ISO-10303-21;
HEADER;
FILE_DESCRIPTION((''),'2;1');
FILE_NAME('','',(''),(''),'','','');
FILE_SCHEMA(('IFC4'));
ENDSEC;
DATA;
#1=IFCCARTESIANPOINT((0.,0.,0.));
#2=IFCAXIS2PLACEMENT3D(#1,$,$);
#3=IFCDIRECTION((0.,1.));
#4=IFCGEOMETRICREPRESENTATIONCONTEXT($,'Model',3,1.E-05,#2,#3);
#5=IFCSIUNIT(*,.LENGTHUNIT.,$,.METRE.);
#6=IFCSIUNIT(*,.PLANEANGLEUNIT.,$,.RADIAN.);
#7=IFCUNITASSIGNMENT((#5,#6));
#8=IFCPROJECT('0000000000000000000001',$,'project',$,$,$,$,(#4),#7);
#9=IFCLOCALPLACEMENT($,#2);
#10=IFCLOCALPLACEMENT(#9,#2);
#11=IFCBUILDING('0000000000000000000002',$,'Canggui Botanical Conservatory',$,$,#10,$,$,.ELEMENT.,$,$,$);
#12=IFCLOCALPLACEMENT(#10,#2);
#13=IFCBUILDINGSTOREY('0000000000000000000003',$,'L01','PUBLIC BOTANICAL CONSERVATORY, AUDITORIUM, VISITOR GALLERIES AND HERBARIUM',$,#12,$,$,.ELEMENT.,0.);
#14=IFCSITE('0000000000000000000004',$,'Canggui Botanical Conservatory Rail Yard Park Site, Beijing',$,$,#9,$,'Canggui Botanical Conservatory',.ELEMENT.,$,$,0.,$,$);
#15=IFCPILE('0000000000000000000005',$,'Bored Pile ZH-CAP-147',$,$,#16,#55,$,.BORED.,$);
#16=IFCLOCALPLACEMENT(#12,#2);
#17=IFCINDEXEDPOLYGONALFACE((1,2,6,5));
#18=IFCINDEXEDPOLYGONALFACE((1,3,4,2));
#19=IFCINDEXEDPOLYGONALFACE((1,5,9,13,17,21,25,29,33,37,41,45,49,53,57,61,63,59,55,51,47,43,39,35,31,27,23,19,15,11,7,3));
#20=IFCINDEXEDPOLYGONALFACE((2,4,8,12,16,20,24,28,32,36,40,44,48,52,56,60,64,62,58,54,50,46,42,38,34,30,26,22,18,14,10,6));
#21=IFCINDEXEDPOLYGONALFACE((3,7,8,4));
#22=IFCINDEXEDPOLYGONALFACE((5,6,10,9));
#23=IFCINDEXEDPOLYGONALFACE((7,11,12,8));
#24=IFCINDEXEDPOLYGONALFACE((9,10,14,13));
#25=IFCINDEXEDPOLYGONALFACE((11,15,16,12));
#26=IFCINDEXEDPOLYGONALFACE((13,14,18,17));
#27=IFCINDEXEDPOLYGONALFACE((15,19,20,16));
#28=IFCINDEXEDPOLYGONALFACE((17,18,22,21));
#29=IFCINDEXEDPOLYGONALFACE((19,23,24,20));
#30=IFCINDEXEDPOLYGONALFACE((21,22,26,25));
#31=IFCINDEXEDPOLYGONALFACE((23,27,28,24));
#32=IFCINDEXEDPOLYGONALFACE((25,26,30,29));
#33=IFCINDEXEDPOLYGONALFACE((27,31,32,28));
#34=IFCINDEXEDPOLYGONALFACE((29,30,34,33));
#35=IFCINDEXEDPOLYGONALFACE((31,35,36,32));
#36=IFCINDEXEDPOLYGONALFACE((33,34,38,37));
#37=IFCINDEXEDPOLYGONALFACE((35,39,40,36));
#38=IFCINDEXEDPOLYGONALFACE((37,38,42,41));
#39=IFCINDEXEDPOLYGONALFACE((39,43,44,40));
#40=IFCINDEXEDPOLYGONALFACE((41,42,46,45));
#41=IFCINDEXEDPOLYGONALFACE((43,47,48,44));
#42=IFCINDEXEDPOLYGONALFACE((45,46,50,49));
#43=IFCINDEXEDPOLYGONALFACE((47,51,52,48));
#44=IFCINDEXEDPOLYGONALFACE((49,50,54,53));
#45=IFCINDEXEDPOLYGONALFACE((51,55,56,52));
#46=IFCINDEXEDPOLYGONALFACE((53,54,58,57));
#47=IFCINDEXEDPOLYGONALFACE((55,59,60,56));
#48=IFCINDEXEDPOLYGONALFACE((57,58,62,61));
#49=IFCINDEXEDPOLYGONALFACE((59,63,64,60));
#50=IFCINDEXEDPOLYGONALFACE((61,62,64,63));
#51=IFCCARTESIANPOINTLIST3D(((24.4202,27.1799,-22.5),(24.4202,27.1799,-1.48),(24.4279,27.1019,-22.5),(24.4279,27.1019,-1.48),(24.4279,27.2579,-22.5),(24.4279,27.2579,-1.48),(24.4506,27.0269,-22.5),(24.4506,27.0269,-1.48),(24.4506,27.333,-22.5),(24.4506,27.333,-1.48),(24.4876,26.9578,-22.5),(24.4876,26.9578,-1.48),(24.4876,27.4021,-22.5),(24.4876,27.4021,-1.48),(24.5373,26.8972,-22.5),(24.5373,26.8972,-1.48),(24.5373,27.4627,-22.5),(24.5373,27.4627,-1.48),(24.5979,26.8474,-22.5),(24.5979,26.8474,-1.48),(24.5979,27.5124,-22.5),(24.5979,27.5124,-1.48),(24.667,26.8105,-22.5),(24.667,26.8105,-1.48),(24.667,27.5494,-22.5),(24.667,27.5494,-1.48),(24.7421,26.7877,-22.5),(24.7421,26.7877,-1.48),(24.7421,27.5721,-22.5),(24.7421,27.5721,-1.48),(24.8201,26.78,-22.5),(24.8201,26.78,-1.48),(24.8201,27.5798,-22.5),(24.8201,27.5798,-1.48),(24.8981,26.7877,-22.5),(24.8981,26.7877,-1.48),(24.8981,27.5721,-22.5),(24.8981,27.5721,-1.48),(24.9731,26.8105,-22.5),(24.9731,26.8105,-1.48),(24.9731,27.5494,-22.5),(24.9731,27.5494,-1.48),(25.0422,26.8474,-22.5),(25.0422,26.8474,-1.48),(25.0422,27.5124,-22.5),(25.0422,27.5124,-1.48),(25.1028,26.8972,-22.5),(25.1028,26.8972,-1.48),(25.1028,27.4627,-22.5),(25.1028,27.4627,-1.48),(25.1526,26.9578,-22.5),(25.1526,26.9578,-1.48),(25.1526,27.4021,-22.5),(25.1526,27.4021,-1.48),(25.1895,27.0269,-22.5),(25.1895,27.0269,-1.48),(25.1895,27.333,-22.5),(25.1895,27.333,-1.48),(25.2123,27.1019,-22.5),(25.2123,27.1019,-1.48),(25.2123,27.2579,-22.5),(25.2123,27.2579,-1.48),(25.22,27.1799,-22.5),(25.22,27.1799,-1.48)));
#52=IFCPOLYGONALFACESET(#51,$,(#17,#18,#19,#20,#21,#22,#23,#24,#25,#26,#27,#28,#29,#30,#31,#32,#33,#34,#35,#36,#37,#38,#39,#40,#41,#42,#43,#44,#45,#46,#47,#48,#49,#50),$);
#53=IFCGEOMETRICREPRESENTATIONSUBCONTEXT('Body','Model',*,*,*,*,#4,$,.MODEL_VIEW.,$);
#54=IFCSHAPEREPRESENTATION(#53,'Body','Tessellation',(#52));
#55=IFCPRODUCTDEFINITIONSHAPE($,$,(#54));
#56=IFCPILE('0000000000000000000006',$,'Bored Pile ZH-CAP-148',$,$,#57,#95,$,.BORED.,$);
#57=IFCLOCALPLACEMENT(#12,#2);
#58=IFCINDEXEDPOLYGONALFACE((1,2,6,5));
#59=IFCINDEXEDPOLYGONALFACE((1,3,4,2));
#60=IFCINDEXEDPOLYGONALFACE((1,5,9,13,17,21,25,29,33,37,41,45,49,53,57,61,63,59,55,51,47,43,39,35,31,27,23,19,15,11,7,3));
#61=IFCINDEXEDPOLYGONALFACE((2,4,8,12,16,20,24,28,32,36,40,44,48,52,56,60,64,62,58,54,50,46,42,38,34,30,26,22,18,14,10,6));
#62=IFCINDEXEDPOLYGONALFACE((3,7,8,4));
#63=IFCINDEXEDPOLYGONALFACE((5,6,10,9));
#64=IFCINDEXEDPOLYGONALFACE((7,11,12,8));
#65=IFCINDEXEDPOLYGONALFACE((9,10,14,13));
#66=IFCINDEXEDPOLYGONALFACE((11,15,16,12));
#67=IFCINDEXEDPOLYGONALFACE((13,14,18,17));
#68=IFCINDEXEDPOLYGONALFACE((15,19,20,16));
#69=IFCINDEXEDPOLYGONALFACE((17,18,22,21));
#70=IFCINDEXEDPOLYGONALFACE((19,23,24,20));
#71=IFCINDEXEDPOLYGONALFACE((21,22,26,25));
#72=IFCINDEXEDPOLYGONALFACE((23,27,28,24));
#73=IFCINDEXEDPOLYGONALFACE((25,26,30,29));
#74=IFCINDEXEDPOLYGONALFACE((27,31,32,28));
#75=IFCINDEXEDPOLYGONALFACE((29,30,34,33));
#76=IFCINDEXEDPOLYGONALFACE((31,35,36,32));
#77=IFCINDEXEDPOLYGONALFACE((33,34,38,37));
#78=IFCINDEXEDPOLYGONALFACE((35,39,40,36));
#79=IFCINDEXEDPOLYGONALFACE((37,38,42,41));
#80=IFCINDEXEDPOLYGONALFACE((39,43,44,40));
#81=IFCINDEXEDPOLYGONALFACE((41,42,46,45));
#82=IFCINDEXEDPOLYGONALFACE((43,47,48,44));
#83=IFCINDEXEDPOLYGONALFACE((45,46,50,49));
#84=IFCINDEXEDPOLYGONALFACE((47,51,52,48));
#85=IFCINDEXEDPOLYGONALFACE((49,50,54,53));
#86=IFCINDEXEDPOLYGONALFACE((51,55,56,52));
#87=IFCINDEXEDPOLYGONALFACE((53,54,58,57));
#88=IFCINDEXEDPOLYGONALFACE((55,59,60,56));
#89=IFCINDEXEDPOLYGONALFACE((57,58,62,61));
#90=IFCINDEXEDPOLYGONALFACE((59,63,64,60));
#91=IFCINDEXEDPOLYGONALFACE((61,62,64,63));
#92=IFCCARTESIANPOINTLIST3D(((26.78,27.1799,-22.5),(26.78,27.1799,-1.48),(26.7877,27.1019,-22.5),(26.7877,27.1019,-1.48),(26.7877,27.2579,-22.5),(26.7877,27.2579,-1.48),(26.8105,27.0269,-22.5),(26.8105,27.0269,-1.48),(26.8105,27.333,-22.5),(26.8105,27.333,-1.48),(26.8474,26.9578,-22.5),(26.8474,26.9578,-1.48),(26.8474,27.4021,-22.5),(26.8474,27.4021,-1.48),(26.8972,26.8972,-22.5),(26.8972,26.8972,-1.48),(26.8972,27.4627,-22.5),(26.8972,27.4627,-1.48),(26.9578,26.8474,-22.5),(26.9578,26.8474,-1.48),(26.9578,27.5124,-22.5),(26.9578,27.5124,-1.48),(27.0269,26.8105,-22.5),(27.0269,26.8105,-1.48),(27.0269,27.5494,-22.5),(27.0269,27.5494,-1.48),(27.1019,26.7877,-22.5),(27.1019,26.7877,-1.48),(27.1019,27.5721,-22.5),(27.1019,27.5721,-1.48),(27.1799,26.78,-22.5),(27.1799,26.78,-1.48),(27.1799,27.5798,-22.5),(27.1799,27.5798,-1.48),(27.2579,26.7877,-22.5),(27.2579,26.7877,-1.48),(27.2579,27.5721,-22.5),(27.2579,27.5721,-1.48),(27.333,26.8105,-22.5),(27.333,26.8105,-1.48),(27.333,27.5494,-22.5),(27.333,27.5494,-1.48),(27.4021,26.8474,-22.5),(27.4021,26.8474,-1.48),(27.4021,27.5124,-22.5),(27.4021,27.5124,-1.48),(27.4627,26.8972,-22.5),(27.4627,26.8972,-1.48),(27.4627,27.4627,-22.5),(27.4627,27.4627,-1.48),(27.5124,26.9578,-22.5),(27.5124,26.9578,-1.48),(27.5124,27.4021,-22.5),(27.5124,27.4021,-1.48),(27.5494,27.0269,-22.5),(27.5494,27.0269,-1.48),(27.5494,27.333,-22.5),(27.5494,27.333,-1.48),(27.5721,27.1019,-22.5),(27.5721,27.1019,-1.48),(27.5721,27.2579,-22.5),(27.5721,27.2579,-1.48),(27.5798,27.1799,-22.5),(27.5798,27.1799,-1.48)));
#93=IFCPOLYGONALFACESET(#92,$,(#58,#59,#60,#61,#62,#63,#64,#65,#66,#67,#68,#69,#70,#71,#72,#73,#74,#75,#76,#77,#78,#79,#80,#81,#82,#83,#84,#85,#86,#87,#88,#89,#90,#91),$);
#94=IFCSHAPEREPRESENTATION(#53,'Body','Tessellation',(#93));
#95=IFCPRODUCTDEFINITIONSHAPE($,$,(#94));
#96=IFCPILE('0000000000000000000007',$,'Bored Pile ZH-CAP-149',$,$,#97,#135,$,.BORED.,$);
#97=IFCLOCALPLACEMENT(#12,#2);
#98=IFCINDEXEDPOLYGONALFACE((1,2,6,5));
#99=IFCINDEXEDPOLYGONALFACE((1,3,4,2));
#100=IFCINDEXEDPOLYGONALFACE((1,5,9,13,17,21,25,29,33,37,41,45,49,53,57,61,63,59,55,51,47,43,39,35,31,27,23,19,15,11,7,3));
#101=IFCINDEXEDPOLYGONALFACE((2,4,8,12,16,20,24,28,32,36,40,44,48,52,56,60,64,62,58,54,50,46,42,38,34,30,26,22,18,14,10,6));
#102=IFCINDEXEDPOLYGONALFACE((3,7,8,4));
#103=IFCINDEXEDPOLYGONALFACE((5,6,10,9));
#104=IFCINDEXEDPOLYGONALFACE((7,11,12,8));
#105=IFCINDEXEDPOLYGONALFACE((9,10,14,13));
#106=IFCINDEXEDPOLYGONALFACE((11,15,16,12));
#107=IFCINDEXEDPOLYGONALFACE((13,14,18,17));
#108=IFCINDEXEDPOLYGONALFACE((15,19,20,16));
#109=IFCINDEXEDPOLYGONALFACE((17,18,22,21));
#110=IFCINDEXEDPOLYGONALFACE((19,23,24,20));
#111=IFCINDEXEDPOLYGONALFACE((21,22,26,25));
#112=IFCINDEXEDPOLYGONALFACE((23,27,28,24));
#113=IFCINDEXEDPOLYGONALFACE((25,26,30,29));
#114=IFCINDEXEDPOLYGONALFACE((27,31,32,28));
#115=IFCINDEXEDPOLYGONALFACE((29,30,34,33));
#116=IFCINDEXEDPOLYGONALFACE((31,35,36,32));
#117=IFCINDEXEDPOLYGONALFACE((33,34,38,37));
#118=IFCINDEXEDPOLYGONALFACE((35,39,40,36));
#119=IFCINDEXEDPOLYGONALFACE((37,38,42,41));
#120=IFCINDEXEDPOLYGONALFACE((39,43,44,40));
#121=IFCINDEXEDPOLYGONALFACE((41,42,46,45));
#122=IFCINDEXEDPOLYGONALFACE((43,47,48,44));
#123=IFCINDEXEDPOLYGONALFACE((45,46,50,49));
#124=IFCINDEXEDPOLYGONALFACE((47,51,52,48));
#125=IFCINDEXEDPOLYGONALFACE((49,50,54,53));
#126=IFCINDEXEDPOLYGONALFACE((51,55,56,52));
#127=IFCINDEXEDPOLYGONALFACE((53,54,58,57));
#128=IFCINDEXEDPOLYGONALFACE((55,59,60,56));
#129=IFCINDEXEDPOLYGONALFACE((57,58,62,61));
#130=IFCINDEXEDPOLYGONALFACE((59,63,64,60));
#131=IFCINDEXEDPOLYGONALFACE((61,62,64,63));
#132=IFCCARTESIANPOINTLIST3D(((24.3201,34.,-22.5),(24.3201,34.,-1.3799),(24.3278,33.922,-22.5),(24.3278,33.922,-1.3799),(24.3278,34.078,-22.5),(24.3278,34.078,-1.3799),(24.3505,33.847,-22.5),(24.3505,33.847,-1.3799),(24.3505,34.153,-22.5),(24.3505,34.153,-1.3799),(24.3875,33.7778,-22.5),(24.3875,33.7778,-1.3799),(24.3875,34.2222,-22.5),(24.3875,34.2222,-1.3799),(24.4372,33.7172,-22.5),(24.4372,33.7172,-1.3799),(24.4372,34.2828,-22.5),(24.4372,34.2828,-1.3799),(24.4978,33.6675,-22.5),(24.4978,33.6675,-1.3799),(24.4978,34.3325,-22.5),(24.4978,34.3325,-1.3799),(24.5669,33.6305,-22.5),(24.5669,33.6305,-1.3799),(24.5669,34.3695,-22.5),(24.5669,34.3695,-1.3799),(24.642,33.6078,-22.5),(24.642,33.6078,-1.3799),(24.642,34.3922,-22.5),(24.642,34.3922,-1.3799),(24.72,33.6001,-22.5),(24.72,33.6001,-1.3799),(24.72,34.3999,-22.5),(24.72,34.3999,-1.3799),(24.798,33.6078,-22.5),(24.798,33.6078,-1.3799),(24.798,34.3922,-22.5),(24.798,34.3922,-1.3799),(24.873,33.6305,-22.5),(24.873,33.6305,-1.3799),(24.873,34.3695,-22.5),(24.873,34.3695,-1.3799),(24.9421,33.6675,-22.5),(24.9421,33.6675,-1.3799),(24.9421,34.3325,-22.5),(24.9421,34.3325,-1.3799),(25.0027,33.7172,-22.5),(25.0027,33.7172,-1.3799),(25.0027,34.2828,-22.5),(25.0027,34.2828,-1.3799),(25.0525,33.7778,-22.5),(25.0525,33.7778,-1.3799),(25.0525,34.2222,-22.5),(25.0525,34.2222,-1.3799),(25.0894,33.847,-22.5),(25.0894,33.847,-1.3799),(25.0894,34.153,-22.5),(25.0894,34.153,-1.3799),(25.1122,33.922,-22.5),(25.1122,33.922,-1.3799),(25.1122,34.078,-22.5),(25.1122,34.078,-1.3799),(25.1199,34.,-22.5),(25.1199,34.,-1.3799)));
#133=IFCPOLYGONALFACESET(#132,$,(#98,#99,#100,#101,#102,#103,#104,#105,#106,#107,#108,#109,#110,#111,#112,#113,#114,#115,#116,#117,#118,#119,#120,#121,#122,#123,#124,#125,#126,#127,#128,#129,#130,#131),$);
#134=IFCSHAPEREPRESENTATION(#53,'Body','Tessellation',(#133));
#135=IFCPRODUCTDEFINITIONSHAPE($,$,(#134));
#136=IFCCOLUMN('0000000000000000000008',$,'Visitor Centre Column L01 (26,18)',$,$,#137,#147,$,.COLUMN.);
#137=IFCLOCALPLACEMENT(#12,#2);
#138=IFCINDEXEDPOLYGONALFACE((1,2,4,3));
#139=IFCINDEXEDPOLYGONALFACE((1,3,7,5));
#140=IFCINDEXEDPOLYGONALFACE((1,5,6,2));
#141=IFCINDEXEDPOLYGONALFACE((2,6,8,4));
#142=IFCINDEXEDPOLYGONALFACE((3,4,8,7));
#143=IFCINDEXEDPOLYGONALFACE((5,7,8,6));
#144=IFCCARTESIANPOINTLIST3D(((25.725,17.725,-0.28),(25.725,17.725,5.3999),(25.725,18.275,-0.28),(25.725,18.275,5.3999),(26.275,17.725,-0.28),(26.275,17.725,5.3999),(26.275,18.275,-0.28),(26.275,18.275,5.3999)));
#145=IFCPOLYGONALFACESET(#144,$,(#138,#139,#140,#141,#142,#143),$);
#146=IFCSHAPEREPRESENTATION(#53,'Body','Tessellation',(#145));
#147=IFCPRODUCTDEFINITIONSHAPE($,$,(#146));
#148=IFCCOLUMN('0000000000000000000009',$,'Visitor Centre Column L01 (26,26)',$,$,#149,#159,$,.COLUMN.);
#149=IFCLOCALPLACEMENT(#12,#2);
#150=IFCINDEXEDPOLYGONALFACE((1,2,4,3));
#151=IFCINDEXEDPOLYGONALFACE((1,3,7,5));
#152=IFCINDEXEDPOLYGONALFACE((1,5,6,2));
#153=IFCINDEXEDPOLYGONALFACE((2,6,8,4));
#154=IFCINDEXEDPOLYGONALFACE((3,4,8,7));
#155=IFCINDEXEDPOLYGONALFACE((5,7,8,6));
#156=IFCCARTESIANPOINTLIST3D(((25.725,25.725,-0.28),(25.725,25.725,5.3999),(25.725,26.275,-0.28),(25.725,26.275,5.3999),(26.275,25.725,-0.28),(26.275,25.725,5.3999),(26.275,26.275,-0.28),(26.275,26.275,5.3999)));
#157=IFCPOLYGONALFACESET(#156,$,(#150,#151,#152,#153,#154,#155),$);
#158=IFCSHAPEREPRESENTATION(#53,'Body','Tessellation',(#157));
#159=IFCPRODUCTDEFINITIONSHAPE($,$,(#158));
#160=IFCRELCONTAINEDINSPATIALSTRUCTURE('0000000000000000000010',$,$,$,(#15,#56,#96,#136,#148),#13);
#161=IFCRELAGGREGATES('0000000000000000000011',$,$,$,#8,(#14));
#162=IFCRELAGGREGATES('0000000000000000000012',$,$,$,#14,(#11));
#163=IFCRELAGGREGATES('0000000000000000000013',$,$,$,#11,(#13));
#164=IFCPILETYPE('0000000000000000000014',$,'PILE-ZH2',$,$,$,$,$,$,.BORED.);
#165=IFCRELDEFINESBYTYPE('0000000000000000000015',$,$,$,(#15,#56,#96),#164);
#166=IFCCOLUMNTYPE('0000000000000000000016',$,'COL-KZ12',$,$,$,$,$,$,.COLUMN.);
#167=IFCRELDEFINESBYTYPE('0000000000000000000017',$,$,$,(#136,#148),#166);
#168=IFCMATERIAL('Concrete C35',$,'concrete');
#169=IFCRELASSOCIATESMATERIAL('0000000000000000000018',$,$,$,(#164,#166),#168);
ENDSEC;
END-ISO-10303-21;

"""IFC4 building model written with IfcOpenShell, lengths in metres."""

from ifc_helpers import new_model, si_unit, direction, frame, origin, origin_2d, place, context, subcontext, project, spatial, rectangle, circle, extrude, material, material_profile, profile_set, type_object, element, save


model = new_model("IFC4")

# Units and contexts
model_context = context("Model", 3, precision=1e-05, world=origin(), true_north=direction((0.0, 1.0)))
body_context = subcontext(model_context, "Body", "Model", "MODEL_VIEW")
ifc_project = project(units=[si_unit("LENGTHUNIT", "METRE"), si_unit("PLANEANGLEUNIT", "RADIAN")], contexts=[model_context])

# Site, building, storey
site_placement = place(None, origin())
site = spatial("IfcSite", under=ifc_project, at=site_placement, Name="Canggui Botanical Conservatory Rail Yard Park Site, Beijing", LongName="Canggui Botanical Conservatory", CompositionType="ELEMENT", RefElevation=0.0)
building_placement = place(site_placement, origin())
building = spatial("IfcBuilding", under=site, at=building_placement, Name="Canggui Botanical Conservatory", CompositionType="ELEMENT")
storey_placement = place(building_placement, origin())
storey = spatial("IfcBuildingStorey", under=building, at=storey_placement, Name="L01", Description="PUBLIC BOTANICAL CONSERVATORY, AUDITORIUM, VISITOR GALLERIES AND HERBARIUM", CompositionType="ELEMENT", Elevation=0.0)

# Shared definitions
ifc_material_1 = material(Name="Concrete C35", Category="concrete")

# Piles
ifc_material_profile_1 = material_profile(ifc_material_1, circle(Radius=0.3999, at=origin_2d()), Name="PILE D800")
ifc_profile_set_1 = profile_set([ifc_material_profile_1], Name="Concrete C35")
pile_type = type_object("IfcPileType", Name="PILE-ZH2", PredefinedType="BORED", material=ifc_profile_set_1)
for number, where, z_axis, x_axis, name in (
    (1, (24.8201, 27.1799, -1.48), (0.0, 0.0, -1.0), (1.0, 0.0, 0.0), "Bored Pile ZH-CAP-147"),
    (2, (27.1799, 27.1799, -1.48), (0.0, 0.0, -1.0), (1.0, 0.0, 0.0), "Bored Pile ZH-CAP-148"),
):
    element("IfcPile", number, at=place(storey_placement, frame(where, z_axis=z_axis, x_axis=x_axis)), inside=storey, type_object=pile_type, Name=name, PredefinedType="BORED", context=body_context, shape_type="SweptSolid", body=[
        extrude(circle(Radius=0.3999, at=origin_2d()), origin(), (0.0, 0.0, 1.0), 21.02),
    ])
pile_placement = place(storey_placement, frame((24.72, 34.0, -1.3799), z_axis=(0.0, 0.0, -1.0), x_axis=(1.0, 0.0, 0.0)))
element("IfcPile", 3, at=pile_placement, inside=storey, type_object=pile_type, Name="Bored Pile ZH-CAP-149", PredefinedType="BORED", context=body_context, shape_type="SweptSolid", body=[
    extrude(circle(Radius=0.3999, at=origin_2d()), origin(), (0.0, 0.0, 1.0), 21.1201),
])

# Columns
ifc_material_profile_2 = material_profile(ifc_material_1, rectangle(XDim=0.55, YDim=0.55, at=origin_2d()), Name="RC 550x550")
ifc_profile_set_2 = profile_set([ifc_material_profile_2], Name="Concrete C35")
column_type = type_object("IfcColumnType", Name="COL-KZ12", PredefinedType="COLUMN", material=ifc_profile_set_2)
for number, where, z_axis, x_axis, name in (
    (4, (26.0, 18.0, -0.28), (0.0, 0.0, 1.0), (1.0, 0.0, 0.0), "Visitor Centre Column L01 (26,18)"),
    (5, (26.0, 26.0, -0.28), (0.0, 0.0, 1.0), (1.0, 0.0, 0.0), "Visitor Centre Column L01 (26,26)"),
):
    element("IfcColumn", number, at=place(storey_placement, frame(where, z_axis=z_axis, x_axis=x_axis)), inside=storey, type_object=column_type, Name=name, PredefinedType="COLUMN", context=body_context, shape_type="SweptSolid", body=[
        extrude(rectangle(XDim=0.55, YDim=0.55, at=origin_2d()), origin(), (0.0, 0.0, 1.0), 5.6799),
    ])

save(model, "model.ifc")
